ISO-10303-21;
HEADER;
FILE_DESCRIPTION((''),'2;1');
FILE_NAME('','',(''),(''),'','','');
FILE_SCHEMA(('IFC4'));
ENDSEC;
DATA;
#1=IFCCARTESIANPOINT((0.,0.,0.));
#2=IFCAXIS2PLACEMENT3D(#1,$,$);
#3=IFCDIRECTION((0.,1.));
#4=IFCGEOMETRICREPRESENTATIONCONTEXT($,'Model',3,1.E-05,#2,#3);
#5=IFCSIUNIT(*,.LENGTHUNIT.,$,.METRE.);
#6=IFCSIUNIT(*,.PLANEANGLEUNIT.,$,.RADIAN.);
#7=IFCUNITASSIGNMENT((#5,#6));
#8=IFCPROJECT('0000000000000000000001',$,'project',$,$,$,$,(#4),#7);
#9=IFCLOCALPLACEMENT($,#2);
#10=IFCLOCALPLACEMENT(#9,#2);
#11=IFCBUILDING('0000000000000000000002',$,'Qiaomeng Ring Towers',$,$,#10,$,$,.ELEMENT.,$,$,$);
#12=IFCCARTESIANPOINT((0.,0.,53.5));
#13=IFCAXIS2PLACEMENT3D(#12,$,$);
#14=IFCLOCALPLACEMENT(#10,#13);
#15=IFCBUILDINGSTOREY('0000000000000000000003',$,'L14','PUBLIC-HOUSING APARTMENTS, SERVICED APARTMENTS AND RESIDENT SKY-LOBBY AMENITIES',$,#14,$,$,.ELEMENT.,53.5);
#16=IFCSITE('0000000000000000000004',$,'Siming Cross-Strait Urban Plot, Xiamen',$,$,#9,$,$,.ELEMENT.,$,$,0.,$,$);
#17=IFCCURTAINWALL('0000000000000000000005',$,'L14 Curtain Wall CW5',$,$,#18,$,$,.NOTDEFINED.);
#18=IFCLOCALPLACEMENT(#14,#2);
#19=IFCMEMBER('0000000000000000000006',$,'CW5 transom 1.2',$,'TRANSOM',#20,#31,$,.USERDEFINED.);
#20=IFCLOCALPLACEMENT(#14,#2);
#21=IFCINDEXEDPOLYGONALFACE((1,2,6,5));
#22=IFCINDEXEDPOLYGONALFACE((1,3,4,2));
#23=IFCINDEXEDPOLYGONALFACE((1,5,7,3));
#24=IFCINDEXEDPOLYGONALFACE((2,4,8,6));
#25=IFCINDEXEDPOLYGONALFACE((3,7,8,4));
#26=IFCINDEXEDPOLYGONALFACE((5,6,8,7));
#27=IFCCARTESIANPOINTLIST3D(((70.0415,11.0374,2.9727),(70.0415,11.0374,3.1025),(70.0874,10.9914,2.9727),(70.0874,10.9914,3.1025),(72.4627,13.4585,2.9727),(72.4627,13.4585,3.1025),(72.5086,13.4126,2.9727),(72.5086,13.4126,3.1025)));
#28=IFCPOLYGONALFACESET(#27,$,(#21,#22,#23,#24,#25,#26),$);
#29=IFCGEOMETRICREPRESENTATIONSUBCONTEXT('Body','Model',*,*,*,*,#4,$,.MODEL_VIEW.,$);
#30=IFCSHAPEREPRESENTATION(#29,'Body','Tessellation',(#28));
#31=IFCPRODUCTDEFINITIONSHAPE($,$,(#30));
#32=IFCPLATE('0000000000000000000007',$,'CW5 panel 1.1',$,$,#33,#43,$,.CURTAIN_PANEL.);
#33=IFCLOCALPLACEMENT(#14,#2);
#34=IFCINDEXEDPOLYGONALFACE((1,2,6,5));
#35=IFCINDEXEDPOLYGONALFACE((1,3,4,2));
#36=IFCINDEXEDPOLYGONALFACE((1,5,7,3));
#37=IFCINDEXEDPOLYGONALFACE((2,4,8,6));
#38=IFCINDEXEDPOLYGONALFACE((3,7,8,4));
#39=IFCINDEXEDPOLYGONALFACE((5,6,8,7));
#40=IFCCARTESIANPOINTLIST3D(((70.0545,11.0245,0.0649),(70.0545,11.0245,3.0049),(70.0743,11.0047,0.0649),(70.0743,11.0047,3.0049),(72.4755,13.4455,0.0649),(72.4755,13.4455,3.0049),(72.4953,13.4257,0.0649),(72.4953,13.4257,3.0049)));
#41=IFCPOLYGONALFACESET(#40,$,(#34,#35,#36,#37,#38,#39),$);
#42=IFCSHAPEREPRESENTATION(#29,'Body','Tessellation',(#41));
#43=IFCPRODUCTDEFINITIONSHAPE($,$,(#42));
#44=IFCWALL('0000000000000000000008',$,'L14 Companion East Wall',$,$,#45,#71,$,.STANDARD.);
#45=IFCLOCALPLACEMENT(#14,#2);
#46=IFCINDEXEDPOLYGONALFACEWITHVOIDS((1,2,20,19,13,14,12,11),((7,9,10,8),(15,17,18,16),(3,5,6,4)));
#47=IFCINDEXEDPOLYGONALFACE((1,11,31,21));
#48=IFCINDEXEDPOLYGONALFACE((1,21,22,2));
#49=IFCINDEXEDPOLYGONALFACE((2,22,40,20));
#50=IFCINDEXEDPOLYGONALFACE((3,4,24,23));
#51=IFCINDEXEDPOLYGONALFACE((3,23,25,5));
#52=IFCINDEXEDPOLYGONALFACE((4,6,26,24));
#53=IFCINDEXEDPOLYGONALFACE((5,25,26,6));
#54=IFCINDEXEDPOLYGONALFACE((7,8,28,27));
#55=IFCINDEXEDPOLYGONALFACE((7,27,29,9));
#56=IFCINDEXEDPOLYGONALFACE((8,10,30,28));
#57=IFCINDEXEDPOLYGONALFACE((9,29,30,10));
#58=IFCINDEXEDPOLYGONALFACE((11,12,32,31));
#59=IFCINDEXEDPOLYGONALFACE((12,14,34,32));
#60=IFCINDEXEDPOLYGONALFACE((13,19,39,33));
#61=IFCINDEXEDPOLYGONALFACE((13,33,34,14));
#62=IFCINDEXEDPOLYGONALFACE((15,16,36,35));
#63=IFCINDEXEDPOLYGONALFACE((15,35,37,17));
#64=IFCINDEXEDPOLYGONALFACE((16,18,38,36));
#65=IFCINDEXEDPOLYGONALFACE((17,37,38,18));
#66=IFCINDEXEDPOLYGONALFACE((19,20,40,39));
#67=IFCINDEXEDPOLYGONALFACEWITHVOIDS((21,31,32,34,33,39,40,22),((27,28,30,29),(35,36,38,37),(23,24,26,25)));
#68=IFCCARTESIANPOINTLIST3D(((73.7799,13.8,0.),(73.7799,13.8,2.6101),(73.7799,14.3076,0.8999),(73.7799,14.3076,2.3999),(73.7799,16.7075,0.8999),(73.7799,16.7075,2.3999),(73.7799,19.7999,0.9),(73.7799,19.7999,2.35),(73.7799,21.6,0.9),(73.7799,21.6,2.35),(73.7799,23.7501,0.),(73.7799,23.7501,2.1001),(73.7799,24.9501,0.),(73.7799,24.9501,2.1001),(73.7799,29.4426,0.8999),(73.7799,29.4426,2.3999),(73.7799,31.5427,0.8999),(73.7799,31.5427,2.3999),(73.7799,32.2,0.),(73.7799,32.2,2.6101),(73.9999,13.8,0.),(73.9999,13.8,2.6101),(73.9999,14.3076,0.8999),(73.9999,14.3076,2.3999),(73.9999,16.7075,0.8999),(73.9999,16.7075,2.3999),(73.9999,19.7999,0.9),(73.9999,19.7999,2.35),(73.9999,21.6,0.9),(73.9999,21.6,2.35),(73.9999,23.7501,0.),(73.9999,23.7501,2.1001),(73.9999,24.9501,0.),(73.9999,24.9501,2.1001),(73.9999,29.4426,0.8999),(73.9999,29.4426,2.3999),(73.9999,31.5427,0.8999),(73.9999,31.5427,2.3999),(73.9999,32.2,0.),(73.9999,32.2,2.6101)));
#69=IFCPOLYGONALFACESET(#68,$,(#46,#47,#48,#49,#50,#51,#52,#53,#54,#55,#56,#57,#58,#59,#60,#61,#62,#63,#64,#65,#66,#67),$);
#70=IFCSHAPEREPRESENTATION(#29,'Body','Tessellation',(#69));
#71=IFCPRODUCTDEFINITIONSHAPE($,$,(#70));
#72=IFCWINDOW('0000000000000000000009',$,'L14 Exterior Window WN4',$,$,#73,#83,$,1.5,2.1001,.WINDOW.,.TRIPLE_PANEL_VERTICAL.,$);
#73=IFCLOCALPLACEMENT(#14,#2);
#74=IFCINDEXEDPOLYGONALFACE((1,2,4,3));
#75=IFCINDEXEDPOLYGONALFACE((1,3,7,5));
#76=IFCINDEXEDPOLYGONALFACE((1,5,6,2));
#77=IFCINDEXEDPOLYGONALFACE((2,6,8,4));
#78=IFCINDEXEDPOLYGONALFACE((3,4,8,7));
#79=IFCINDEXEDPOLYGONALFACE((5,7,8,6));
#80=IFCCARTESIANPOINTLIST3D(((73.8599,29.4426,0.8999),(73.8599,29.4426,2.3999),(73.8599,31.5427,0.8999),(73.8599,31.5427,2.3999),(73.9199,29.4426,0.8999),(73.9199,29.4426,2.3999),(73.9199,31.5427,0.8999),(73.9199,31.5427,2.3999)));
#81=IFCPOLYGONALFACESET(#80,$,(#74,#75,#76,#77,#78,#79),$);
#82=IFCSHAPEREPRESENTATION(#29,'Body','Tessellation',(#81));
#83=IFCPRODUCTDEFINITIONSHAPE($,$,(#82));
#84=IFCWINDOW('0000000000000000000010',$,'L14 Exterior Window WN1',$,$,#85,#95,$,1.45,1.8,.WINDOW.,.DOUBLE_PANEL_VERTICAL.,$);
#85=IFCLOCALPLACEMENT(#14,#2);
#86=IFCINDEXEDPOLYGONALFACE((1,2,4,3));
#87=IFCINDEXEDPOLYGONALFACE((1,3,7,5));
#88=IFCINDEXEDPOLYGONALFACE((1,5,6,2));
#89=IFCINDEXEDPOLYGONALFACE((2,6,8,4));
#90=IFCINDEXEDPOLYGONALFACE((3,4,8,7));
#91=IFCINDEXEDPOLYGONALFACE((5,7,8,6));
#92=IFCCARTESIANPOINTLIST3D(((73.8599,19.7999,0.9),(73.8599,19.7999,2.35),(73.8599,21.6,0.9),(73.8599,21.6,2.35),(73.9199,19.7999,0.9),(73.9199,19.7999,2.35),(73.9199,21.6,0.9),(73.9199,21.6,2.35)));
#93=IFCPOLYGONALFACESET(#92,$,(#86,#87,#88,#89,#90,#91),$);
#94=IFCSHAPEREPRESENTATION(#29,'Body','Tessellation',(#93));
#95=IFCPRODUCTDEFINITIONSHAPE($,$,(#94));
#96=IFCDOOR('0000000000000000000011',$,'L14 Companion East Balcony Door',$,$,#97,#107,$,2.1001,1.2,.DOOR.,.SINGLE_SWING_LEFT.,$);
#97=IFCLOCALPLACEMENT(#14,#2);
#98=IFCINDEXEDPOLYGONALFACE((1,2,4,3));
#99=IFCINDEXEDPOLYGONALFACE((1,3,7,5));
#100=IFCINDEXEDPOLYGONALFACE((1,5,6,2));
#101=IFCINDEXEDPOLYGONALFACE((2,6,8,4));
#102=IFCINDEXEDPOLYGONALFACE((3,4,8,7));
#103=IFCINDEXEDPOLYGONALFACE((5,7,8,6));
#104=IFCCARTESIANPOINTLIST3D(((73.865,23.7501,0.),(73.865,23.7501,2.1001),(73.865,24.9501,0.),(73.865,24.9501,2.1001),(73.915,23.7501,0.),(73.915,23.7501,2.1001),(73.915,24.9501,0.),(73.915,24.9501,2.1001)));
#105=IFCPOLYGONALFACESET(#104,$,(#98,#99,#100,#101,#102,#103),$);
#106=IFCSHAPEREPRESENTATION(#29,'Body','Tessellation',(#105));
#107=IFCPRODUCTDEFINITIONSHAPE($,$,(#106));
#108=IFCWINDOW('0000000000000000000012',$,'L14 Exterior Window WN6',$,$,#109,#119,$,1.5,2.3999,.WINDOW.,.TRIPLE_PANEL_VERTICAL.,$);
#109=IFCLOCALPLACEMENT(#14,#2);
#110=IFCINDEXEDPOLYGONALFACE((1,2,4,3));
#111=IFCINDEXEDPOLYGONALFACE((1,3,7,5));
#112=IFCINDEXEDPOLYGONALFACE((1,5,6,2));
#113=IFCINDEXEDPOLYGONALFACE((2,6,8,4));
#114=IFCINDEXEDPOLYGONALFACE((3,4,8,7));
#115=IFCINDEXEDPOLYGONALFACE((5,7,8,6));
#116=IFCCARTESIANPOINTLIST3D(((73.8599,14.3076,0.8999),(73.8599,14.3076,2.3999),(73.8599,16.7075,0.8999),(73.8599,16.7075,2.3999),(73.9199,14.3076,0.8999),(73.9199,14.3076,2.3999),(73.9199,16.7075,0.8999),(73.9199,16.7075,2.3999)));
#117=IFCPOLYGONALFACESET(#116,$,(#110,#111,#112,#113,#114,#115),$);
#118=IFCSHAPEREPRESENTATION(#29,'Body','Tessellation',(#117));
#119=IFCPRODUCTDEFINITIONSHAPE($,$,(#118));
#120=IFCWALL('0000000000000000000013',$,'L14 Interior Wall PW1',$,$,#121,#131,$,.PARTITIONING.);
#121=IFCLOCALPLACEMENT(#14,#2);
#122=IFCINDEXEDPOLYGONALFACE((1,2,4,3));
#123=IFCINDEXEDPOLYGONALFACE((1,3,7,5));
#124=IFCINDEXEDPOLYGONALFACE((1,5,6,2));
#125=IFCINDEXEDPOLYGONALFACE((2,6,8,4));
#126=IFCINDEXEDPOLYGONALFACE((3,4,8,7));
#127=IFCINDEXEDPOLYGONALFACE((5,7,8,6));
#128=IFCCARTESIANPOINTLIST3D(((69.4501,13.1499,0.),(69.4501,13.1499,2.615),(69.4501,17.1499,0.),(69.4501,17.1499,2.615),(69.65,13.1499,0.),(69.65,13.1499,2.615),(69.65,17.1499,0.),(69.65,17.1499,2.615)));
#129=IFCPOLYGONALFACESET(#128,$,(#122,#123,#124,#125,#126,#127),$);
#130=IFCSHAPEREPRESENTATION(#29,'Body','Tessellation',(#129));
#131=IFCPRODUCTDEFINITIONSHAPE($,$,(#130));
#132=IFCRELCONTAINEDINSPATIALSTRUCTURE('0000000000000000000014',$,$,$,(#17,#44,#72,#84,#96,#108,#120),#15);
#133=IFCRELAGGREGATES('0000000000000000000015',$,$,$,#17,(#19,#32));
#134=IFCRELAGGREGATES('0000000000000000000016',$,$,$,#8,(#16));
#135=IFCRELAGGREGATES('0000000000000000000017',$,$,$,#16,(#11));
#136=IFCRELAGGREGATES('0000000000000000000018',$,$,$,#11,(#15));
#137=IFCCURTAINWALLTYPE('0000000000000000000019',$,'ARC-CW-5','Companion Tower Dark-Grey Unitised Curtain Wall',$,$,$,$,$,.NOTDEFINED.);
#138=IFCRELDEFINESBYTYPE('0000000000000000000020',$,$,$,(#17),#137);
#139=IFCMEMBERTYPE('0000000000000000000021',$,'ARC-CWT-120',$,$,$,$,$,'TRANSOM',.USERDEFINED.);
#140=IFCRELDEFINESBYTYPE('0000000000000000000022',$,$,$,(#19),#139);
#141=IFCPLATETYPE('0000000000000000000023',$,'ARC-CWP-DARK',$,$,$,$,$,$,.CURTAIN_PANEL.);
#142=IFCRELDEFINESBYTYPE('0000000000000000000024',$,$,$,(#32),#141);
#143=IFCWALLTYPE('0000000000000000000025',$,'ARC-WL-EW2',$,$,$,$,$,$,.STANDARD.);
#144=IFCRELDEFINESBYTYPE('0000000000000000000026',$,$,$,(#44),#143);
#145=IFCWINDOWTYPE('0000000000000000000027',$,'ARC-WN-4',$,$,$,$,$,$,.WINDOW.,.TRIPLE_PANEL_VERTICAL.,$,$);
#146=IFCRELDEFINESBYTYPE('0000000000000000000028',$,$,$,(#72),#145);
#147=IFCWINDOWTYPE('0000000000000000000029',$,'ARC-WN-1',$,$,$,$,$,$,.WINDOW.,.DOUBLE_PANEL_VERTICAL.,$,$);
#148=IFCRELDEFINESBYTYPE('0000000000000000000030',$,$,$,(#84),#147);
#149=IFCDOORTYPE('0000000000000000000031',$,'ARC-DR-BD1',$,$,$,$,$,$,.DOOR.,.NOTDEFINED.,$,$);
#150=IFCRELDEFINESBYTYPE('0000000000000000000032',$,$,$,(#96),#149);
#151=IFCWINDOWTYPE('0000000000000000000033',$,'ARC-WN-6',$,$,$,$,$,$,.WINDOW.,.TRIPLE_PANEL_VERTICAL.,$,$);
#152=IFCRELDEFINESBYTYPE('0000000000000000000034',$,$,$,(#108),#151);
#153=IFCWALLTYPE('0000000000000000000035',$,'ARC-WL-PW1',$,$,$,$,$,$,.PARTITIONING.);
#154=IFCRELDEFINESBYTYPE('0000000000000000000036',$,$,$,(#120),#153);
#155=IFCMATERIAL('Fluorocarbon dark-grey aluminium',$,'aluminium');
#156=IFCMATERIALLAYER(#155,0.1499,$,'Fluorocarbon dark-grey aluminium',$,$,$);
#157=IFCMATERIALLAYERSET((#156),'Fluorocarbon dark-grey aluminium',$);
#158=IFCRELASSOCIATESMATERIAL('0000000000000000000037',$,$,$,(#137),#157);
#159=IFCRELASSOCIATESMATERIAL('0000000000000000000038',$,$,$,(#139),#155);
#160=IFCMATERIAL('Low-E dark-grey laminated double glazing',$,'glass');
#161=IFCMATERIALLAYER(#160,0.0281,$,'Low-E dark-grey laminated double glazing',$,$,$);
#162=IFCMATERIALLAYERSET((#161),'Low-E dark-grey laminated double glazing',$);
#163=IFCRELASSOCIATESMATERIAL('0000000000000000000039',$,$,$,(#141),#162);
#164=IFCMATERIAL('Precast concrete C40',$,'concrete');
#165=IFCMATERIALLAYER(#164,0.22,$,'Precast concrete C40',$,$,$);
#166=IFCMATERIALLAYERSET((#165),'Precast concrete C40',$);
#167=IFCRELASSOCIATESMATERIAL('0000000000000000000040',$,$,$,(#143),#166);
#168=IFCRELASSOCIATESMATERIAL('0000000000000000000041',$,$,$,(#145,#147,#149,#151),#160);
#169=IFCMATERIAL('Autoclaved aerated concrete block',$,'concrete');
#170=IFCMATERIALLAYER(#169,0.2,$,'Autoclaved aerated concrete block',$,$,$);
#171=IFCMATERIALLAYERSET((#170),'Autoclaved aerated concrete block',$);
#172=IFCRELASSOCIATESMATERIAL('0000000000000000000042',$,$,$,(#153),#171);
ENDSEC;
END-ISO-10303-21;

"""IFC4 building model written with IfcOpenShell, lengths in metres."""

from ifc_helpers import new_model, si_unit, direction, frame, frame_2d, origin, origin_2d, place, context, subcontext, project, spatial, rectangle, extrude, source, transform, mapped, material, layer, layer_set, material_profile, profile_set, type_object, element, fill, aggregate, save


model = new_model("IFC4")

# Units and contexts
model_context = context("Model", 3, precision=1e-05, world=origin(), true_north=direction((0.0, 1.0)))
body_context = subcontext(model_context, "Body", "Model", "MODEL_VIEW")
ifc_project = project(units=[si_unit("LENGTHUNIT", "METRE"), si_unit("PLANEANGLEUNIT", "RADIAN")], contexts=[model_context])

# Site, building, storey
site_placement = place(None, origin())
site = spatial("IfcSite", under=ifc_project, at=site_placement, Name="Siming Cross-Strait Urban Plot, Xiamen", CompositionType="ELEMENT", RefElevation=0.0)
building_placement = place(site_placement, origin())
building = spatial("IfcBuilding", under=site, at=building_placement, Name="Qiaomeng Ring Towers", CompositionType="ELEMENT")
storey_placement = place(building_placement, frame((0.0, 0.0, 53.5)))
storey = spatial("IfcBuildingStorey", under=building, at=storey_placement, Name="L14", Description="PUBLIC-HOUSING APARTMENTS, SERVICED APARTMENTS AND RESIDENT SKY-LOBBY AMENITIES", CompositionType="ELEMENT", Elevation=53.5)

# Curtain wall
ifc_material_1 = material(Name="Fluorocarbon dark-grey aluminium", Category="aluminium")
ifc_layer_1 = layer(ifc_material_1, 0.1499, Name="Fluorocarbon dark-grey aluminium")
ifc_layer_set_1 = layer_set([ifc_layer_1], Name="Fluorocarbon dark-grey aluminium")
curtain_wall_type = type_object("IfcCurtainWallType", Name="ARC-CW-5", Description="Companion Tower Dark-Grey Unitised Curtain Wall", PredefinedType="NOTDEFINED", material=ifc_layer_set_1)
curtain_wall_1_placement = place(storey_placement, origin())
curtain_wall_1 = element("IfcCurtainWall", 1, at=curtain_wall_1_placement, inside=storey, type_object=curtain_wall_type, Name="L14 Curtain Wall CW5", PredefinedType="NOTDEFINED")

# Member
ifc_material_profile_1 = material_profile(ifc_material_1, rectangle(XDim=0.0649, YDim=0.1299, at=origin_2d()), Name="ALU TRAN 65x130")
ifc_profile_set_1 = profile_set([ifc_material_profile_1], Name="Fluorocarbon dark-grey aluminium")
member_type_1 = type_object("IfcMemberType", Name="ARC-CWT-120", ElementType="TRANSOM", PredefinedType="USERDEFINED", material=ifc_profile_set_1)
shared_shape_1 = source(origin(), body_context, "Body", "SweptSolid", [
    extrude(rectangle(XDim=0.0649, YDim=0.1299, at=origin_2d()), origin(), (0.0, 0.0, 1.0), 3.4241),
])
member_1_placement = place(storey_placement, frame((70.0645, 11.0144, 3.0376), z_axis=(0.707107, 0.707107, 0.0), x_axis=(-0.707107, 0.707107, 0.0)))
member_1 = element("IfcMember", 2, at=member_1_placement, type_object=member_type_1, Name="CW5 transom 1.2", ObjectType="TRANSOM", PredefinedType="USERDEFINED", context=body_context, shape_type="MappedRepresentation", body=[
    mapped(shared_shape_1, transform((0.0, 0.0, 0.0), x_axis=(1.0, 0.0, 0.0), y_axis=(0.0, 1.0, 0.0), z_axis=(0.0, 0.0, 1.0), scale=1.0)),
])

# Plate
ifc_material_2 = material(Name="Low-E dark-grey laminated double glazing", Category="glass")
ifc_layer_2 = layer(ifc_material_2, 0.0281, Name="Low-E dark-grey laminated double glazing")
ifc_layer_set_2 = layer_set([ifc_layer_2], Name="Low-E dark-grey laminated double glazing")
plate_type = type_object("IfcPlateType", Name="ARC-CWP-DARK", PredefinedType="CURTAIN_PANEL", material=ifc_layer_set_2)
shared_shape_2 = source(origin(), body_context, "Body", "SweptSolid", [
    extrude(rectangle(XDim=3.4238, YDim=0.0281, at=origin_2d()), origin(), (0.0, 0.0, 1.0), 2.9399),
])
plate_placement = place(storey_placement, frame((71.2749, 12.2251, 0.0649), z_axis=(0.0, 0.0, 1.0), x_axis=(0.707107, 0.707107, 0.0)))
plate = element("IfcPlate", 3, at=plate_placement, type_object=plate_type, Name="CW5 panel 1.1", PredefinedType="CURTAIN_PANEL", context=body_context, shape_type="MappedRepresentation", body=[
    mapped(shared_shape_2, transform((0.0, 0.0, 0.0), x_axis=(1.0, 0.0, 0.0), y_axis=(0.0, 1.0, 0.0), z_axis=(0.0, 0.0, 1.0), scale=1.0)),
])
aggregate(curtain_wall_1, [member_1, plate])

# Wall, openings, windows, door
ifc_material_3 = material(Name="Precast concrete C40", Category="concrete")
ifc_layer_3 = layer(ifc_material_3, 0.22, Name="Precast concrete C40")
ifc_layer_set_3 = layer_set([ifc_layer_3], Name="Precast concrete C40")
wall_type_1 = type_object("IfcWallType", Name="ARC-WL-EW2", PredefinedType="STANDARD", material=ifc_layer_set_3)
wall_1_placement = place(storey_placement, frame((73.8899, 13.8, 0.0), z_axis=(0.0, 0.0, 1.0), x_axis=(0.0, 1.0, 0.0)))
wall_1 = element("IfcWall", 4, at=wall_1_placement, inside=storey, type_object=wall_type_1, Name="L14 Companion East Wall", PredefinedType="STANDARD", context=body_context, shape_type="SweptSolid", body=[
    extrude(rectangle(XDim=18.3999, YDim=0.22, at=frame_2d((9.2, 0.0))), origin(), (0.0, 0.0, 1.0), 2.6101),
])
opening_1_placement = place(wall_1_placement, frame((9.95, 0.0, 0.0)))
opening_1 = element("IfcOpeningElement", 5, at=opening_1_placement, cuts=wall_1, PredefinedType="OPENING", context=body_context, shape_type="SweptSolid", body=[
    extrude(rectangle(XDim=1.2, YDim=2.1001, at=frame_2d((0.6001, 1.05))), frame((0.0, 0.1199, 0.0), z_axis=(0.0, -1.0, 0.0), x_axis=(1.0, 0.0, 0.0)), (0.0, 0.0, 1.0), 0.24),
])
opening_2_placement = place(wall_1_placement, frame((0.5076, 0.0, 0.8999)))
opening_2 = element("IfcOpeningElement", 6, at=opening_2_placement, cuts=wall_1, PredefinedType="OPENING", context=body_context, shape_type="SweptSolid", body=[
    extrude(rectangle(XDim=2.3999, YDim=1.5, at=frame_2d((1.2, 0.75))), frame((0.0, 0.1199, 0.0), z_axis=(0.0, -1.0, 0.0), x_axis=(1.0, 0.0, 0.0)), (0.0, 0.0, 1.0), 0.24),
])
opening_3_placement = place(wall_1_placement, frame((6.0, 0.0, 0.8999)))
opening_3 = element("IfcOpeningElement", 7, at=opening_3_placement, cuts=wall_1, PredefinedType="OPENING", context=body_context, shape_type="SweptSolid", body=[
    extrude(rectangle(XDim=1.8, YDim=1.45, at=frame_2d((0.8999, 0.7251))), frame((0.0, 0.1199, 0.0), z_axis=(0.0, -1.0, 0.0), x_axis=(1.0, 0.0, 0.0)), (0.0, 0.0, 1.0), 0.24),
])
opening_4_placement = place(wall_1_placement, frame((15.6426, 0.0, 0.8999)))
opening_4 = element("IfcOpeningElement", 8, at=opening_4_placement, cuts=wall_1, PredefinedType="OPENING", context=body_context, shape_type="SweptSolid", body=[
    extrude(rectangle(XDim=2.1001, YDim=1.5, at=frame_2d((1.05, 0.75))), frame((0.0, 0.1199, 0.0), z_axis=(0.0, -1.0, 0.0), x_axis=(1.0, 0.0, 0.0)), (0.0, 0.0, 1.0), 0.24),
])
window_type_1 = type_object("IfcWindowType", Name="ARC-WN-4", PartitioningType="TRIPLE_PANEL_VERTICAL", PredefinedType="WINDOW", material=ifc_material_2)
shared_shape_3 = source(origin(), body_context, "Body", "SweptSolid", [
    extrude(rectangle(XDim=2.1001, YDim=1.5, at=frame_2d((1.05, 0.75))), frame((0.0, 0.03, 0.0), z_axis=(0.0, -1.0, 0.0), x_axis=(1.0, 0.0, 0.0)), (0.0, 0.0, 1.0), 0.0601),
])
window_1_placement = place(opening_4_placement, origin())
window_1 = element("IfcWindow", 9, at=window_1_placement, inside=storey, type_object=window_type_1, Name="L14 Exterior Window WN4", OverallHeight=1.5, OverallWidth=2.1001, PartitioningType="TRIPLE_PANEL_VERTICAL", PredefinedType="WINDOW", context=body_context, shape_type="MappedRepresentation", body=[
    mapped(shared_shape_3, transform((0.0, 0.0, 0.0), x_axis=(1.0, 0.0, 0.0), y_axis=(0.0, 1.0, 0.0), z_axis=(0.0, 0.0, 1.0), scale=1.0)),
])
fill(opening_4, window_1)
window_type_2 = type_object("IfcWindowType", Name="ARC-WN-1", PartitioningType="DOUBLE_PANEL_VERTICAL", PredefinedType="WINDOW", material=ifc_material_2)
shared_shape_4 = source(origin(), body_context, "Body", "SweptSolid", [
    extrude(rectangle(XDim=1.8, YDim=1.45, at=frame_2d((0.8999, 0.7251))), frame((0.0, 0.03, 0.0), z_axis=(0.0, -1.0, 0.0), x_axis=(1.0, 0.0, 0.0)), (0.0, 0.0, 1.0), 0.0601),
])
window_2_placement = place(opening_3_placement, origin())
window_2 = element("IfcWindow", 10, at=window_2_placement, inside=storey, type_object=window_type_2, Name="L14 Exterior Window WN1", OverallHeight=1.45, OverallWidth=1.8, PartitioningType="DOUBLE_PANEL_VERTICAL", PredefinedType="WINDOW", context=body_context, shape_type="MappedRepresentation", body=[
    mapped(shared_shape_4, transform((0.0, 0.0, 0.0), x_axis=(1.0, 0.0, 0.0), y_axis=(0.0, 1.0, 0.0), z_axis=(0.0, 0.0, 1.0), scale=1.0)),
])
fill(opening_3, window_2)
door_type_1 = type_object("IfcDoorType", Name="ARC-DR-BD1", OperationType="NOTDEFINED", PredefinedType="DOOR", material=ifc_material_2)
shared_shape_5 = source(origin(), body_context, "Body", "SweptSolid", [
    extrude(rectangle(XDim=1.2, YDim=2.1001, at=frame_2d((0.6001, 1.05))), frame((0.0, 0.0249, 0.0), z_axis=(0.0, -1.0, 0.0), x_axis=(1.0, 0.0, 0.0)), (0.0, 0.0, 1.0), 0.05),
])
door_1_placement = place(opening_1_placement, origin())
door_1 = element("IfcDoor", 11, at=door_1_placement, inside=storey, type_object=door_type_1, Name="L14 Companion East Balcony Door", OperationType="SINGLE_SWING_LEFT", OverallHeight=2.1001, OverallWidth=1.2, PredefinedType="DOOR", context=body_context, shape_type="MappedRepresentation", body=[
    mapped(shared_shape_5, transform((0.0, 0.0, 0.0), x_axis=(1.0, 0.0, 0.0), y_axis=(0.0, 1.0, 0.0), z_axis=(0.0, 0.0, 1.0), scale=1.0)),
])
fill(opening_1, door_1)
window_type_3 = type_object("IfcWindowType", Name="ARC-WN-6", PartitioningType="TRIPLE_PANEL_VERTICAL", PredefinedType="WINDOW", material=ifc_material_2)
shared_shape_6 = source(origin(), body_context, "Body", "SweptSolid", [
    extrude(rectangle(XDim=2.3999, YDim=1.5, at=frame_2d((1.2, 0.75))), frame((0.0, 0.03, 0.0), z_axis=(0.0, -1.0, 0.0), x_axis=(1.0, 0.0, 0.0)), (0.0, 0.0, 1.0), 0.0601),
])
window_3_placement = place(opening_2_placement, origin())
window_3 = element("IfcWindow", 12, at=window_3_placement, inside=storey, type_object=window_type_3, Name="L14 Exterior Window WN6", OverallHeight=1.5, OverallWidth=2.3999, PartitioningType="TRIPLE_PANEL_VERTICAL", PredefinedType="WINDOW", context=body_context, shape_type="MappedRepresentation", body=[
    mapped(shared_shape_6, transform((0.0, 0.0, 0.0), x_axis=(1.0, 0.0, 0.0), y_axis=(0.0, 1.0, 0.0), z_axis=(0.0, 0.0, 1.0), scale=1.0)),
])
fill(opening_2, window_3)

# Wall
ifc_material_4 = material(Name="Autoclaved aerated concrete block", Category="concrete")
ifc_layer_4 = layer(ifc_material_4, 0.2, Name="Autoclaved aerated concrete block")
ifc_layer_set_4 = layer_set([ifc_layer_4], Name="Autoclaved aerated concrete block")
wall_type_2 = type_object("IfcWallType", Name="ARC-WL-PW1", PredefinedType="PARTITIONING", material=ifc_layer_set_4)
wall_2_placement = place(storey_placement, frame((69.55, 13.1499, 0.0), z_axis=(0.0, 0.0, 1.0), x_axis=(0.0, 1.0, 0.0)))
element("IfcWall", 13, at=wall_2_placement, inside=storey, type_object=wall_type_2, Name="L14 Interior Wall PW1", PredefinedType="PARTITIONING", context=body_context, shape_type="SweptSolid", body=[
    extrude(rectangle(XDim=4.0, YDim=0.2, at=frame_2d((2.0, 0.0))), origin(), (0.0, 0.0, 1.0), 2.615),
])

save(model, "model.ifc")
